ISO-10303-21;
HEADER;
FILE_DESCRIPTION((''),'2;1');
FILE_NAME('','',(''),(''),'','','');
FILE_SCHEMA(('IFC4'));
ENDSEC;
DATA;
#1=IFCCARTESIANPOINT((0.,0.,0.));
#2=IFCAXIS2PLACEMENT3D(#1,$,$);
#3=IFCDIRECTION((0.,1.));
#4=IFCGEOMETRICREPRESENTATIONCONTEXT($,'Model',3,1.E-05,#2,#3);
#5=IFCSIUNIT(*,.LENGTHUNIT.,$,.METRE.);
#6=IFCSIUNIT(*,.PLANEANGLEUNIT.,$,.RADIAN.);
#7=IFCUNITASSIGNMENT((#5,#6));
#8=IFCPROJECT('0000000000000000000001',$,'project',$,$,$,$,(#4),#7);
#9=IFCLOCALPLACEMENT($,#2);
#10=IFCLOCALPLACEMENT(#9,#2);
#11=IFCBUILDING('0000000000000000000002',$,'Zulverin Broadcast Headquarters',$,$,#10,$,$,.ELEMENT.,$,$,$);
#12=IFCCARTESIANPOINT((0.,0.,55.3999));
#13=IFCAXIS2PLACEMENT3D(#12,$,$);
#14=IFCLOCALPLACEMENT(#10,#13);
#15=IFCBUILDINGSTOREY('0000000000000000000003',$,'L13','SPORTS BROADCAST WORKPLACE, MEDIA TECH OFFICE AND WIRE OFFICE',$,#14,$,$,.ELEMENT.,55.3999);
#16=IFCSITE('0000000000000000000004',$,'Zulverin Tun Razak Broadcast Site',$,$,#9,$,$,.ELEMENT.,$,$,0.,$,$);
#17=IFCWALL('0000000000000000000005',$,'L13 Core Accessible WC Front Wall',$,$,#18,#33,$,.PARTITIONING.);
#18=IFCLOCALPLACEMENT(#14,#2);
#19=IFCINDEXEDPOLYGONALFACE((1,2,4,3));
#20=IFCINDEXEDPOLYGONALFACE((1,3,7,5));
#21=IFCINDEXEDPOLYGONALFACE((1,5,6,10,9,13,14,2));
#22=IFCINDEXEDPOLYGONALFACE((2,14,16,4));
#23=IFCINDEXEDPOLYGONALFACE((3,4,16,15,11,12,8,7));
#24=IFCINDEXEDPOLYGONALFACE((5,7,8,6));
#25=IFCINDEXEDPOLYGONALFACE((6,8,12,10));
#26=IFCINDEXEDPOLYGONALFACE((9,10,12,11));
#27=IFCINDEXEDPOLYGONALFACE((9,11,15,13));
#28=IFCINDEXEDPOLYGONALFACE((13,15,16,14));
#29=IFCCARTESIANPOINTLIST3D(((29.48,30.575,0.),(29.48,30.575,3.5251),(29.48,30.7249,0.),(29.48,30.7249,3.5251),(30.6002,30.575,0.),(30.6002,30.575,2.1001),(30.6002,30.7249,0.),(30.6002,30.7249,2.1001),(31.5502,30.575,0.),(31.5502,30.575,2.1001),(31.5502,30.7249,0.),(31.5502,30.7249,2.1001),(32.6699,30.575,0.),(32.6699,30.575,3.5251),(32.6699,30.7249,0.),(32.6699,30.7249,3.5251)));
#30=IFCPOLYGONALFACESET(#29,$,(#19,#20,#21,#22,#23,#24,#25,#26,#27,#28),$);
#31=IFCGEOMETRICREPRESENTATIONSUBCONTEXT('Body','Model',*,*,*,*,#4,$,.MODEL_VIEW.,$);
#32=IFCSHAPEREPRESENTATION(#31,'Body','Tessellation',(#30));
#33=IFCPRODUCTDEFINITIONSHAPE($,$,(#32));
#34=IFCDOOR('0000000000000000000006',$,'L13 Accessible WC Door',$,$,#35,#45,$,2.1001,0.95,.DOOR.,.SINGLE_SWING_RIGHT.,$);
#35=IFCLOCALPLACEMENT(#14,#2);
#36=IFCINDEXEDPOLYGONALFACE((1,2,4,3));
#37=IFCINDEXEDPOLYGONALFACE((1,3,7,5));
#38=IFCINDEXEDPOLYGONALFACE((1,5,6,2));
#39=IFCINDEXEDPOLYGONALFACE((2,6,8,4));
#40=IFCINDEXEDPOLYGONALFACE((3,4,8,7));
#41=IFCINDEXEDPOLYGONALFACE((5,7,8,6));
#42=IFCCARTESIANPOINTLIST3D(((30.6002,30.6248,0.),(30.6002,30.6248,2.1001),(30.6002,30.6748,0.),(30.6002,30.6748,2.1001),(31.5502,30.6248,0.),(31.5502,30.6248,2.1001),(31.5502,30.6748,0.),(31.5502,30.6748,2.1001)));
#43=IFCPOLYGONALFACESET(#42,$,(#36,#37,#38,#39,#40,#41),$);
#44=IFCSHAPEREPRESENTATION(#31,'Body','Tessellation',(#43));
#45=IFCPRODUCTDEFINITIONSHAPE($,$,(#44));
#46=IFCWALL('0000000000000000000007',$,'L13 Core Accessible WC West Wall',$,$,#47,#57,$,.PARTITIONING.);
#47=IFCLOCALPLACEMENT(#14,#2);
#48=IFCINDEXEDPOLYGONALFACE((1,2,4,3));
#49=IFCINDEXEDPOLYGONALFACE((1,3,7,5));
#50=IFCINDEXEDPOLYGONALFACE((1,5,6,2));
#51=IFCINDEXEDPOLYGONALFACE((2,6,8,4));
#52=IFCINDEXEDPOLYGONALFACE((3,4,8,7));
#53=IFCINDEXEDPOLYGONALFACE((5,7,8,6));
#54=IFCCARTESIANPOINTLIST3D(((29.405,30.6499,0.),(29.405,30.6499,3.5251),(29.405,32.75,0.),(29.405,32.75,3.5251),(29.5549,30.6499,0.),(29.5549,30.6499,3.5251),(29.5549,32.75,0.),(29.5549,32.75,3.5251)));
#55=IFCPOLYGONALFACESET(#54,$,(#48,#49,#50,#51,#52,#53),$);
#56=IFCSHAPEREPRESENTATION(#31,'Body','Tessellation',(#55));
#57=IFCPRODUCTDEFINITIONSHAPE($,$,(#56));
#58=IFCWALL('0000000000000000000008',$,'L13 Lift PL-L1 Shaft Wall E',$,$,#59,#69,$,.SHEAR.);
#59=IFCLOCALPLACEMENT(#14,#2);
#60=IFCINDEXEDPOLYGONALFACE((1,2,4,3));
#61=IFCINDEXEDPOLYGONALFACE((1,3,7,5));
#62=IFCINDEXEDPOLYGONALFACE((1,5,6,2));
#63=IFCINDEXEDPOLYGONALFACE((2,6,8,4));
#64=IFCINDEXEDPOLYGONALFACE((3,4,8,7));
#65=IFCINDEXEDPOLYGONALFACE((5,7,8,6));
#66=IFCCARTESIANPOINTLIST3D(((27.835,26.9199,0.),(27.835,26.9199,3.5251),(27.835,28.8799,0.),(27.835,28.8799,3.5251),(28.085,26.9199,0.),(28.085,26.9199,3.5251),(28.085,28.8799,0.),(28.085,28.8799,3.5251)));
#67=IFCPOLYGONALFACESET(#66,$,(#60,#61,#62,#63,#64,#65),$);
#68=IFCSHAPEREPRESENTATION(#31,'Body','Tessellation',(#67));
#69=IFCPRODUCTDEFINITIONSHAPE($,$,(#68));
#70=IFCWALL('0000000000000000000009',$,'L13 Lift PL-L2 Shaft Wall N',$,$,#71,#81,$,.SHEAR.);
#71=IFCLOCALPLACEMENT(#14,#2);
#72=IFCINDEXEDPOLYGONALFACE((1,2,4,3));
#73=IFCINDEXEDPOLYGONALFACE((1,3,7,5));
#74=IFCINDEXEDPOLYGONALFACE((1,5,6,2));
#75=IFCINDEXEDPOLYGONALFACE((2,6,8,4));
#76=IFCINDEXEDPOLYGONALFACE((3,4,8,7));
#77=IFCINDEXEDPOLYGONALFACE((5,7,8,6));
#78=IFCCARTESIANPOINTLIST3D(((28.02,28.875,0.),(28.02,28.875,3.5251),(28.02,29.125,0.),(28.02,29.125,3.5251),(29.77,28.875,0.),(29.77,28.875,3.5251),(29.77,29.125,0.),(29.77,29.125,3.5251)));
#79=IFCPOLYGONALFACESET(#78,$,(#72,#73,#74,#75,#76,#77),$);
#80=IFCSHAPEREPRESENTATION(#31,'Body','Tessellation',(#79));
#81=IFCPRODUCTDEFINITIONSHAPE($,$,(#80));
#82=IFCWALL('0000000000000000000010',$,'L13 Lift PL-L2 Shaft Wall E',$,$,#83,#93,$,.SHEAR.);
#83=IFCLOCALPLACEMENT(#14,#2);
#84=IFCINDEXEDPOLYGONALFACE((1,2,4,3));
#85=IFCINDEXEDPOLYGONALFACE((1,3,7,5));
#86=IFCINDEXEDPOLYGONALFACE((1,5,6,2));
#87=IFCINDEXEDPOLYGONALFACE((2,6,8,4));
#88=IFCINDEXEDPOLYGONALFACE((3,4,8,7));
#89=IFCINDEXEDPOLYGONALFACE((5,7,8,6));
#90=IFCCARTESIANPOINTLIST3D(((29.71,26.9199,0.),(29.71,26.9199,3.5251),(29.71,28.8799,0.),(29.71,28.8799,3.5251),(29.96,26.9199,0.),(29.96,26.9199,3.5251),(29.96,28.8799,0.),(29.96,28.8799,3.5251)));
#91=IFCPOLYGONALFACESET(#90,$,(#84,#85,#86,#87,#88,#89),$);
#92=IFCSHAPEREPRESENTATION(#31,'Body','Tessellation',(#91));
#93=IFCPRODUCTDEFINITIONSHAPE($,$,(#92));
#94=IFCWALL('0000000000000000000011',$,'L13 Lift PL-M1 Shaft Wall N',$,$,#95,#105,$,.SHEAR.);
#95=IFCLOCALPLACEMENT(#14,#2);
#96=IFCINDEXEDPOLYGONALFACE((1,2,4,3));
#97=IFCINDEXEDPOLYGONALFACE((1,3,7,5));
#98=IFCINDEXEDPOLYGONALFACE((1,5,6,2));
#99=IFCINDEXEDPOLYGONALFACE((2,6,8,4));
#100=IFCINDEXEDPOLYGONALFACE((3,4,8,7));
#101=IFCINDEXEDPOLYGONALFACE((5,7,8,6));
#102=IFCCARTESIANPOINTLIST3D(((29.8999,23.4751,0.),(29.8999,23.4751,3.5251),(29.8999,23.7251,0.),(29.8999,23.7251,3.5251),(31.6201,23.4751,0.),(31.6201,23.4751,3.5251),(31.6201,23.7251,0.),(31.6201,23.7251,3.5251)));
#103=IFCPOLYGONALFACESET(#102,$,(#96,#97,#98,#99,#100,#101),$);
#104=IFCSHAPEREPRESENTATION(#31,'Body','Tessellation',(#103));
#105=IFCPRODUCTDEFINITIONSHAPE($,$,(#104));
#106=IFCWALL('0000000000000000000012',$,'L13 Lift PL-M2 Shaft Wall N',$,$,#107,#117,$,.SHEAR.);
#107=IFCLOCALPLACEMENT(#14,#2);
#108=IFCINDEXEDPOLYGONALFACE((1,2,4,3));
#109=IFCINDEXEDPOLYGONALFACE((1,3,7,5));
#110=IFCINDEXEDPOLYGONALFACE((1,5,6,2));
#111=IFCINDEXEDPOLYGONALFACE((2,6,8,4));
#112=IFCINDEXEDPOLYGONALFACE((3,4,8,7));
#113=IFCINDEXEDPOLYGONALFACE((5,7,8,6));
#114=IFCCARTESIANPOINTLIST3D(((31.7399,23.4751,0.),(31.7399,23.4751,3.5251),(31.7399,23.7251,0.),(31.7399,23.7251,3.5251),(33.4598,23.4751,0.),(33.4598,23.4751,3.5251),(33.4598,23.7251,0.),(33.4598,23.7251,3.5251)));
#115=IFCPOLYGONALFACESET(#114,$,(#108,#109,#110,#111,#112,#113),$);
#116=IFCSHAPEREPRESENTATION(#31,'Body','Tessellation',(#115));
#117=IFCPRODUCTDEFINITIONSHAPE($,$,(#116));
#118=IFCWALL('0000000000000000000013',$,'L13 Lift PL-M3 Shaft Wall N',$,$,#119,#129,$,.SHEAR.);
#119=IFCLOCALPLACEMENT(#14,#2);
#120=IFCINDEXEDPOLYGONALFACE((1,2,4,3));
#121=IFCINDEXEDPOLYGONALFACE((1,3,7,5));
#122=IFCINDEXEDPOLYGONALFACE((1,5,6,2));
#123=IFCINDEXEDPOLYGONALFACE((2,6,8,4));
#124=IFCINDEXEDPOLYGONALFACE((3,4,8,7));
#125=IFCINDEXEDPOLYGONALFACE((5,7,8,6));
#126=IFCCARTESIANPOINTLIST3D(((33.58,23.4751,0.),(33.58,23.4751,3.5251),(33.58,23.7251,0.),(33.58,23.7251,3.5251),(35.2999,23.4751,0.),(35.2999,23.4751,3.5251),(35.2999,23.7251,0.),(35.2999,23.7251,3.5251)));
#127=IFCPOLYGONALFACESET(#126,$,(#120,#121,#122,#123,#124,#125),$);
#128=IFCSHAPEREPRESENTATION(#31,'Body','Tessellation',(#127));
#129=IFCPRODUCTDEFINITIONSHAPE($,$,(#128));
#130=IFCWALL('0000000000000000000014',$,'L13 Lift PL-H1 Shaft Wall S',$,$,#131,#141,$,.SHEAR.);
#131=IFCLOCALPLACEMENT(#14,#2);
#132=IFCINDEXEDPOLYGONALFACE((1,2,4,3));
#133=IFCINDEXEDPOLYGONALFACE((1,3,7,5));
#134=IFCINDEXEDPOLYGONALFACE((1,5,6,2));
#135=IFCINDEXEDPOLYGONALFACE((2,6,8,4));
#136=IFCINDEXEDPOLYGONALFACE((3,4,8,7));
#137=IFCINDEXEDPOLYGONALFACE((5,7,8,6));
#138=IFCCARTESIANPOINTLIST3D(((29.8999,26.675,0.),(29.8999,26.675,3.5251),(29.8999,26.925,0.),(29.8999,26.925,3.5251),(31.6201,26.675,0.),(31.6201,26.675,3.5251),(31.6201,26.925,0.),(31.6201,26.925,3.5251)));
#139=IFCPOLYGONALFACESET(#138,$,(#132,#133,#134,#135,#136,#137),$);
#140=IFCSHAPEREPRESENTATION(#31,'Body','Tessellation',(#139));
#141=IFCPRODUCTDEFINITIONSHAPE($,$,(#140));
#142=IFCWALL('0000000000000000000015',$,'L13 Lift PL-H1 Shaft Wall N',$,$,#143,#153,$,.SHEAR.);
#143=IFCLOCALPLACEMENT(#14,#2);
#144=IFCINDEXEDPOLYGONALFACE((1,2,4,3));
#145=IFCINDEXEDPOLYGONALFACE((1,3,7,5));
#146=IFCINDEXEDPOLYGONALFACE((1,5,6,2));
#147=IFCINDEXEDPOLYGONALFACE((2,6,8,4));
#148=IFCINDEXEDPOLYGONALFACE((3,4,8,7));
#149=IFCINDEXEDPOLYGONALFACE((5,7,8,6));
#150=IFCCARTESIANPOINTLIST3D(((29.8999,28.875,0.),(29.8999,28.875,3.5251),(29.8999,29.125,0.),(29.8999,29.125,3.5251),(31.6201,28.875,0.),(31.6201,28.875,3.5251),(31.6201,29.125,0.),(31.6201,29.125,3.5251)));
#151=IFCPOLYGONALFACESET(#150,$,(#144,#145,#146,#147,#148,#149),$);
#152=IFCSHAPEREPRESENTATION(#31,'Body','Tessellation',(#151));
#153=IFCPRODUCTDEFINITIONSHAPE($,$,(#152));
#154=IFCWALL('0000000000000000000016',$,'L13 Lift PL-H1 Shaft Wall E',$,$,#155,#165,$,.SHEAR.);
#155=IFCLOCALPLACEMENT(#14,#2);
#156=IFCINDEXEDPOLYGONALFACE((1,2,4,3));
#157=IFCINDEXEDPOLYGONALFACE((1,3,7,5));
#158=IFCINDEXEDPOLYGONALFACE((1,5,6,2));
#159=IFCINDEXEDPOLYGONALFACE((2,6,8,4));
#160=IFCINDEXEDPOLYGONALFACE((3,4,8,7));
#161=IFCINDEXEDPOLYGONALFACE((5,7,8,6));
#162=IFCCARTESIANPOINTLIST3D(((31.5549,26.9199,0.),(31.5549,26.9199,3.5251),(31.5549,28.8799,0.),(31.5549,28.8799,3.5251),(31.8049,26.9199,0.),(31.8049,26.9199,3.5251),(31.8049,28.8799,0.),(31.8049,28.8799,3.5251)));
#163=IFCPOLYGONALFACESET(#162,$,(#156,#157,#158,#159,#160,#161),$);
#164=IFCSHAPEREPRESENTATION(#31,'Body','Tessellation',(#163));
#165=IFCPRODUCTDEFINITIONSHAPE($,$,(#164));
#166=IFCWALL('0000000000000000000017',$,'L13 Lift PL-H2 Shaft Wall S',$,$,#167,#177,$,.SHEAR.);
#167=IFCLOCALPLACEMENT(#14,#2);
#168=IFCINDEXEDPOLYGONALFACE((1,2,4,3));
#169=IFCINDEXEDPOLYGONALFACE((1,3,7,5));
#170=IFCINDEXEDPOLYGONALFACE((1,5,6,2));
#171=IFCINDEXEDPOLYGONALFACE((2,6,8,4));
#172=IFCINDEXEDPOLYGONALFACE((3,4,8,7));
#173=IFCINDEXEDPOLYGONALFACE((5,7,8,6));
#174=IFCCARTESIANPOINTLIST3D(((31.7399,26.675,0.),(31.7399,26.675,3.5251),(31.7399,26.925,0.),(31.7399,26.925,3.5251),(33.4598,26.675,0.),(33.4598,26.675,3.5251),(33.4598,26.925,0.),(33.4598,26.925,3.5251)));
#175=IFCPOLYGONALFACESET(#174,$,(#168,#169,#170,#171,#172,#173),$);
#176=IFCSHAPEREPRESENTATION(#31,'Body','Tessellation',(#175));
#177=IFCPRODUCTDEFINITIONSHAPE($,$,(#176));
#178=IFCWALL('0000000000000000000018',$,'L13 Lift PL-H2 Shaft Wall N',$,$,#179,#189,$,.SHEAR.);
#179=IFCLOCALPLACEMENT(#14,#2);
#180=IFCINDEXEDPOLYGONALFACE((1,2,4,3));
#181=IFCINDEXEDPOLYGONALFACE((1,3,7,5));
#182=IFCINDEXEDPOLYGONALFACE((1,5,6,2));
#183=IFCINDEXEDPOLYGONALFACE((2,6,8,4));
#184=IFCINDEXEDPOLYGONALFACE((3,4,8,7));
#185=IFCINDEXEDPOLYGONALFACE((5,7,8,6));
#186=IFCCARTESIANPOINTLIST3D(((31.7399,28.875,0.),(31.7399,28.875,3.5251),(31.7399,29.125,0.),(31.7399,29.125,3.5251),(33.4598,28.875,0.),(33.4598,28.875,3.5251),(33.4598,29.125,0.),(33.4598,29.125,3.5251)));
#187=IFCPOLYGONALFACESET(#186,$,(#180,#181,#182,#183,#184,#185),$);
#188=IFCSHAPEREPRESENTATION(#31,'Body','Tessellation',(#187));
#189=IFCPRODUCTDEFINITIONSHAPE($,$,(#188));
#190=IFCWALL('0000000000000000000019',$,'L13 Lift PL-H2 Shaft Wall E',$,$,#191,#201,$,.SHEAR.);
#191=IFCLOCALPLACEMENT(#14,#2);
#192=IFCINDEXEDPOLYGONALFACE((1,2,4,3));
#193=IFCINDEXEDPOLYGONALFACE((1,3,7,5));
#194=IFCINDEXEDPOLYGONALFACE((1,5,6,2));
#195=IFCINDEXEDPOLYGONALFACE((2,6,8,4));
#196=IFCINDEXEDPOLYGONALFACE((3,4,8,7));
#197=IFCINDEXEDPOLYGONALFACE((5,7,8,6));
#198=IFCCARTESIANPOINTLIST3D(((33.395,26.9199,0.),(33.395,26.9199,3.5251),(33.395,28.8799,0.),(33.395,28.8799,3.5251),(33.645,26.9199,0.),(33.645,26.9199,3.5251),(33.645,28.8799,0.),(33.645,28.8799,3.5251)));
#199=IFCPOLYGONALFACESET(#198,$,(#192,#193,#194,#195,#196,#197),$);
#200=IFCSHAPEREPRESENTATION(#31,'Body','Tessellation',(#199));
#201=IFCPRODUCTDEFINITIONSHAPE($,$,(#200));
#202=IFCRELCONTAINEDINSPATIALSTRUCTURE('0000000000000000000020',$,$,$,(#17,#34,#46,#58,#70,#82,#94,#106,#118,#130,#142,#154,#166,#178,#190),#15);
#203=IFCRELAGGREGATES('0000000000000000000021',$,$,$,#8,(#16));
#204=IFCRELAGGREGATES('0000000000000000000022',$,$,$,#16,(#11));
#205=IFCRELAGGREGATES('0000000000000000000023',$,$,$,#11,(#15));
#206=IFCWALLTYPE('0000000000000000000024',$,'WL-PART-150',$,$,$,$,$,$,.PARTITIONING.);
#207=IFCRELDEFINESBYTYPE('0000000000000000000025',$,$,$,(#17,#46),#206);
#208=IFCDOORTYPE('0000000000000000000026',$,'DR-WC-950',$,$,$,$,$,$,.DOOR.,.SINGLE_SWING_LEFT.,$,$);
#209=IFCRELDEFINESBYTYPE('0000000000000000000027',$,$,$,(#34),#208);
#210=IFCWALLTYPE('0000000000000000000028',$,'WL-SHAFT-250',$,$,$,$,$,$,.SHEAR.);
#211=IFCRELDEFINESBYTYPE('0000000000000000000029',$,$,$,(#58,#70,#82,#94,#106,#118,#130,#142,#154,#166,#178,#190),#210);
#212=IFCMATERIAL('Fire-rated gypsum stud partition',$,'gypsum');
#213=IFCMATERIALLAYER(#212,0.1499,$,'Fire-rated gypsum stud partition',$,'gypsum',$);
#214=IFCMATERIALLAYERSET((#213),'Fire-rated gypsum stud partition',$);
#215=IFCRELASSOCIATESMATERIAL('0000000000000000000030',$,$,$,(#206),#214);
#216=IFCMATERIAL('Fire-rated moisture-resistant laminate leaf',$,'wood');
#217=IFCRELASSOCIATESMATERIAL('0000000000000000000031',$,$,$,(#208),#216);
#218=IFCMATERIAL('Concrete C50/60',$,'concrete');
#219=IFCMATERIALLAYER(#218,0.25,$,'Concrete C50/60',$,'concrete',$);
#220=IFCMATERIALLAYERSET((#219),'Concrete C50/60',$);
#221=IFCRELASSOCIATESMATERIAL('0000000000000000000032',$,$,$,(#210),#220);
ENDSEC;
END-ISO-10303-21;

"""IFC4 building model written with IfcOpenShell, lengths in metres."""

from ifc_helpers import new_model, si_unit, direction, frame, frame_2d, origin, place, context, subcontext, project, spatial, rectangle, extrude, material, layer, layer_set, type_object, element, fill, save


model = new_model("IFC4")

# Units and contexts
model_context = context("Model", 3, precision=1e-05, world=origin(), true_north=direction((0.0, 1.0)))
body_context = subcontext(model_context, "Body", "Model", "MODEL_VIEW")
ifc_project = project(units=[si_unit("LENGTHUNIT", "METRE"), si_unit("PLANEANGLEUNIT", "RADIAN")], contexts=[model_context])

# Site, building, storey
site_placement = place(None, origin())
site = spatial("IfcSite", under=ifc_project, at=site_placement, Name="Zulverin Tun Razak Broadcast Site", CompositionType="ELEMENT", RefElevation=0.0)
building_placement = place(site_placement, origin())
building = spatial("IfcBuilding", under=site, at=building_placement, Name="Zulverin Broadcast Headquarters", CompositionType="ELEMENT")
storey_placement = place(building_placement, frame((0.0, 0.0, 55.3999)))
storey = spatial("IfcBuildingStorey", under=building, at=storey_placement, Name="L13", Description="SPORTS BROADCAST WORKPLACE, MEDIA TECH OFFICE AND WIRE OFFICE", CompositionType="ELEMENT", Elevation=55.3999)

# Wall, opening, door
ifc_material_1 = material(Name="Fire-rated gypsum stud partition", Category="gypsum")
ifc_layer_1 = layer(ifc_material_1, 0.1499, Name="Fire-rated gypsum stud partition", Category="gypsum")
ifc_layer_set_1 = layer_set([ifc_layer_1], Name="Fire-rated gypsum stud partition")
wall_type_1 = type_object("IfcWallType", Name="WL-PART-150", PredefinedType="PARTITIONING", material=ifc_layer_set_1)
wall_1_placement = place(storey_placement, frame((29.48, 30.6499, 0.0), z_axis=(0.0, 0.0, 1.0), x_axis=(1.0, 0.0, 0.0)))
wall_1 = element("IfcWall", 1, at=wall_1_placement, inside=storey, type_object=wall_type_1, Name="L13 Core Accessible WC Front Wall", PredefinedType="PARTITIONING", context=body_context, shape_type="SweptSolid", body=[
    extrude(rectangle(XDim=3.1899, YDim=0.1499, at=frame_2d((1.595, 0.0))), origin(), (0.0, 0.0, 1.0), 3.5251),
])
opening_1_placement = place(wall_1_placement, frame((1.1201, 0.0, 0.0)))
opening_1 = element("IfcOpeningElement", 2, at=opening_1_placement, cuts=wall_1, PredefinedType="OPENING", context=body_context, shape_type="SweptSolid", body=[
    extrude(rectangle(XDim=0.95, YDim=2.1001, at=frame_2d((0.4751, 1.05))), frame((0.0, 0.085, 0.0), z_axis=(0.0, -1.0, 0.0), x_axis=(1.0, 0.0, 0.0)), (0.0, 0.0, 1.0), 0.1699),
])
ifc_material_2 = material(Name="Fire-rated moisture-resistant laminate leaf", Category="wood")
door_type_1 = type_object("IfcDoorType", Name="DR-WC-950", OperationType="SINGLE_SWING_LEFT", PredefinedType="DOOR", material=ifc_material_2)
door_1_placement = place(opening_1_placement, origin())
door_1 = element("IfcDoor", 3, at=door_1_placement, inside=storey, type_object=door_type_1, Name="L13 Accessible WC Door", OperationType="SINGLE_SWING_RIGHT", OverallHeight=2.1001, OverallWidth=0.95, PredefinedType="DOOR", context=body_context, shape_type="SweptSolid", body=[
    extrude(rectangle(XDim=0.95, YDim=2.1001, at=frame_2d((0.4751, 1.05))), frame((0.0, 0.0249, 0.0), z_axis=(0.0, -1.0, 0.0), x_axis=(1.0, 0.0, 0.0)), (0.0, 0.0, 1.0), 0.05),
])
fill(opening_1, door_1)

# Walls
wall_2_placement = place(storey_placement, frame((29.48, 30.6499, 0.0), z_axis=(0.0, 0.0, 1.0), x_axis=(0.0, 1.0, 0.0)))
element("IfcWall", 4, at=wall_2_placement, inside=storey, type_object=wall_type_1, Name="L13 Core Accessible WC West Wall", PredefinedType="PARTITIONING", context=body_context, shape_type="SweptSolid", body=[
    extrude(rectangle(XDim=2.1001, YDim=0.1499, at=frame_2d((1.05, 0.0))), origin(), (0.0, 0.0, 1.0), 3.5251),
])
ifc_material_3 = material(Name="Concrete C50/60", Category="concrete")
ifc_layer_2 = layer(ifc_material_3, 0.25, Name="Concrete C50/60", Category="concrete")
ifc_layer_set_2 = layer_set([ifc_layer_2], Name="Concrete C50/60")
wall_type_2 = type_object("IfcWallType", Name="WL-SHAFT-250", PredefinedType="SHEAR", material=ifc_layer_set_2)
wall_3_placement = place(storey_placement, frame((27.96, 26.9199, 0.0), z_axis=(0.0, 0.0, 1.0), x_axis=(0.0, 1.0, 0.0)))
element("IfcWall", 5, at=wall_3_placement, inside=storey, type_object=wall_type_2, Name="L13 Lift PL-L1 Shaft Wall E", PredefinedType="SHEAR", context=body_context, shape_type="SweptSolid", body=[
    extrude(rectangle(XDim=1.96, YDim=0.25, at=frame_2d((0.98, 0.0))), origin(), (0.0, 0.0, 1.0), 3.5251),
])

# Walls
wall_4_placement = place(storey_placement, frame((28.02, 29.0, 0.0), z_axis=(0.0, 0.0, 1.0), x_axis=(1.0, 0.0, 0.0)))
element("IfcWall", 6, at=wall_4_placement, inside=storey, type_object=wall_type_2, Name="L13 Lift PL-L2 Shaft Wall N", PredefinedType="SHEAR", context=body_context, shape_type="SweptSolid", body=[
    extrude(rectangle(XDim=1.75, YDim=0.25, at=frame_2d((0.875, 0.0))), origin(), (0.0, 0.0, 1.0), 3.5251),
])
wall_5_placement = place(storey_placement, frame((29.835, 26.9199, 0.0), z_axis=(0.0, 0.0, 1.0), x_axis=(0.0, 1.0, 0.0)))
element("IfcWall", 7, at=wall_5_placement, inside=storey, type_object=wall_type_2, Name="L13 Lift PL-L2 Shaft Wall E", PredefinedType="SHEAR", context=body_context, shape_type="SweptSolid", body=[
    extrude(rectangle(XDim=1.96, YDim=0.25, at=frame_2d((0.98, 0.0))), origin(), (0.0, 0.0, 1.0), 3.5251),
])
wall_6_placement = place(storey_placement, frame((29.8999, 23.6001, 0.0), z_axis=(0.0, 0.0, 1.0), x_axis=(1.0, 0.0, 0.0)))
element("IfcWall", 8, at=wall_6_placement, inside=storey, type_object=wall_type_2, Name="L13 Lift PL-M1 Shaft Wall N", PredefinedType="SHEAR", context=body_context, shape_type="SweptSolid", body=[
    extrude(rectangle(XDim=1.7202, YDim=0.25, at=frame_2d((0.8601, 0.0))), origin(), (0.0, 0.0, 1.0), 3.5251),
])
for number, where, z_axis, x_axis, name in (
    (9, (31.74, 23.6001, 0.0), (0.0, 0.0, 1.0), (1.0, 0.0, 0.0), "L13 Lift PL-M2 Shaft Wall N"),
    (10, (33.5801, 23.6001, 0.0), (0.0, 0.0, 1.0), (1.0, 0.0, 0.0), "L13 Lift PL-M3 Shaft Wall N"),
):
    element("IfcWall", number, at=place(storey_placement, frame(where, z_axis=z_axis, x_axis=x_axis)), inside=storey, type_object=wall_type_2, Name=name, PredefinedType="SHEAR", context=body_context, shape_type="SweptSolid", body=[
        extrude(rectangle(XDim=1.72, YDim=0.25, at=frame_2d((0.8599, 0.0))), origin(), (0.0, 0.0, 1.0), 3.5251),
    ])
for number, where, z_axis, x_axis, name in (
    (11, (29.8999, 26.8, 0.0), (0.0, 0.0, 1.0), (1.0, 0.0, 0.0), "L13 Lift PL-H1 Shaft Wall S"),
    (12, (29.8999, 29.0, 0.0), (0.0, 0.0, 1.0), (1.0, 0.0, 0.0), "L13 Lift PL-H1 Shaft Wall N"),
):
    element("IfcWall", number, at=place(storey_placement, frame(where, z_axis=z_axis, x_axis=x_axis)), inside=storey, type_object=wall_type_2, Name=name, PredefinedType="SHEAR", context=body_context, shape_type="SweptSolid", body=[
        extrude(rectangle(XDim=1.7202, YDim=0.25, at=frame_2d((0.8601, 0.0))), origin(), (0.0, 0.0, 1.0), 3.5251),
    ])
wall_7_placement = place(storey_placement, frame((31.6799, 26.9199, 0.0), z_axis=(0.0, 0.0, 1.0), x_axis=(0.0, 1.0, 0.0)))
element("IfcWall", 13, at=wall_7_placement, inside=storey, type_object=wall_type_2, Name="L13 Lift PL-H1 Shaft Wall E", PredefinedType="SHEAR", context=body_context, shape_type="SweptSolid", body=[
    extrude(rectangle(XDim=1.96, YDim=0.25, at=frame_2d((0.98, 0.0))), origin(), (0.0, 0.0, 1.0), 3.5251),
])
for number, where, z_axis, x_axis, name in (
    (14, (31.74, 26.8, 0.0), (0.0, 0.0, 1.0), (1.0, 0.0, 0.0), "L13 Lift PL-H2 Shaft Wall S"),
    (15, (31.74, 29.0, 0.0), (0.0, 0.0, 1.0), (1.0, 0.0, 0.0), "L13 Lift PL-H2 Shaft Wall N"),
):
    element("IfcWall", number, at=place(storey_placement, frame(where, z_axis=z_axis, x_axis=x_axis)), inside=storey, type_object=wall_type_2, Name=name, PredefinedType="SHEAR", context=body_context, shape_type="SweptSolid", body=[
        extrude(rectangle(XDim=1.72, YDim=0.25, at=frame_2d((0.8599, 0.0))), origin(), (0.0, 0.0, 1.0), 3.5251),
    ])
wall_8_placement = place(storey_placement, frame((33.52, 26.9199, 0.0), z_axis=(0.0, 0.0, 1.0), x_axis=(0.0, 1.0, 0.0)))
element("IfcWall", 16, at=wall_8_placement, inside=storey, type_object=wall_type_2, Name="L13 Lift PL-H2 Shaft Wall E", PredefinedType="SHEAR", context=body_context, shape_type="SweptSolid", body=[
    extrude(rectangle(XDim=1.96, YDim=0.25, at=frame_2d((0.98, 0.0))), origin(), (0.0, 0.0, 1.0), 3.5251),
])

save(model, "model.ifc")
